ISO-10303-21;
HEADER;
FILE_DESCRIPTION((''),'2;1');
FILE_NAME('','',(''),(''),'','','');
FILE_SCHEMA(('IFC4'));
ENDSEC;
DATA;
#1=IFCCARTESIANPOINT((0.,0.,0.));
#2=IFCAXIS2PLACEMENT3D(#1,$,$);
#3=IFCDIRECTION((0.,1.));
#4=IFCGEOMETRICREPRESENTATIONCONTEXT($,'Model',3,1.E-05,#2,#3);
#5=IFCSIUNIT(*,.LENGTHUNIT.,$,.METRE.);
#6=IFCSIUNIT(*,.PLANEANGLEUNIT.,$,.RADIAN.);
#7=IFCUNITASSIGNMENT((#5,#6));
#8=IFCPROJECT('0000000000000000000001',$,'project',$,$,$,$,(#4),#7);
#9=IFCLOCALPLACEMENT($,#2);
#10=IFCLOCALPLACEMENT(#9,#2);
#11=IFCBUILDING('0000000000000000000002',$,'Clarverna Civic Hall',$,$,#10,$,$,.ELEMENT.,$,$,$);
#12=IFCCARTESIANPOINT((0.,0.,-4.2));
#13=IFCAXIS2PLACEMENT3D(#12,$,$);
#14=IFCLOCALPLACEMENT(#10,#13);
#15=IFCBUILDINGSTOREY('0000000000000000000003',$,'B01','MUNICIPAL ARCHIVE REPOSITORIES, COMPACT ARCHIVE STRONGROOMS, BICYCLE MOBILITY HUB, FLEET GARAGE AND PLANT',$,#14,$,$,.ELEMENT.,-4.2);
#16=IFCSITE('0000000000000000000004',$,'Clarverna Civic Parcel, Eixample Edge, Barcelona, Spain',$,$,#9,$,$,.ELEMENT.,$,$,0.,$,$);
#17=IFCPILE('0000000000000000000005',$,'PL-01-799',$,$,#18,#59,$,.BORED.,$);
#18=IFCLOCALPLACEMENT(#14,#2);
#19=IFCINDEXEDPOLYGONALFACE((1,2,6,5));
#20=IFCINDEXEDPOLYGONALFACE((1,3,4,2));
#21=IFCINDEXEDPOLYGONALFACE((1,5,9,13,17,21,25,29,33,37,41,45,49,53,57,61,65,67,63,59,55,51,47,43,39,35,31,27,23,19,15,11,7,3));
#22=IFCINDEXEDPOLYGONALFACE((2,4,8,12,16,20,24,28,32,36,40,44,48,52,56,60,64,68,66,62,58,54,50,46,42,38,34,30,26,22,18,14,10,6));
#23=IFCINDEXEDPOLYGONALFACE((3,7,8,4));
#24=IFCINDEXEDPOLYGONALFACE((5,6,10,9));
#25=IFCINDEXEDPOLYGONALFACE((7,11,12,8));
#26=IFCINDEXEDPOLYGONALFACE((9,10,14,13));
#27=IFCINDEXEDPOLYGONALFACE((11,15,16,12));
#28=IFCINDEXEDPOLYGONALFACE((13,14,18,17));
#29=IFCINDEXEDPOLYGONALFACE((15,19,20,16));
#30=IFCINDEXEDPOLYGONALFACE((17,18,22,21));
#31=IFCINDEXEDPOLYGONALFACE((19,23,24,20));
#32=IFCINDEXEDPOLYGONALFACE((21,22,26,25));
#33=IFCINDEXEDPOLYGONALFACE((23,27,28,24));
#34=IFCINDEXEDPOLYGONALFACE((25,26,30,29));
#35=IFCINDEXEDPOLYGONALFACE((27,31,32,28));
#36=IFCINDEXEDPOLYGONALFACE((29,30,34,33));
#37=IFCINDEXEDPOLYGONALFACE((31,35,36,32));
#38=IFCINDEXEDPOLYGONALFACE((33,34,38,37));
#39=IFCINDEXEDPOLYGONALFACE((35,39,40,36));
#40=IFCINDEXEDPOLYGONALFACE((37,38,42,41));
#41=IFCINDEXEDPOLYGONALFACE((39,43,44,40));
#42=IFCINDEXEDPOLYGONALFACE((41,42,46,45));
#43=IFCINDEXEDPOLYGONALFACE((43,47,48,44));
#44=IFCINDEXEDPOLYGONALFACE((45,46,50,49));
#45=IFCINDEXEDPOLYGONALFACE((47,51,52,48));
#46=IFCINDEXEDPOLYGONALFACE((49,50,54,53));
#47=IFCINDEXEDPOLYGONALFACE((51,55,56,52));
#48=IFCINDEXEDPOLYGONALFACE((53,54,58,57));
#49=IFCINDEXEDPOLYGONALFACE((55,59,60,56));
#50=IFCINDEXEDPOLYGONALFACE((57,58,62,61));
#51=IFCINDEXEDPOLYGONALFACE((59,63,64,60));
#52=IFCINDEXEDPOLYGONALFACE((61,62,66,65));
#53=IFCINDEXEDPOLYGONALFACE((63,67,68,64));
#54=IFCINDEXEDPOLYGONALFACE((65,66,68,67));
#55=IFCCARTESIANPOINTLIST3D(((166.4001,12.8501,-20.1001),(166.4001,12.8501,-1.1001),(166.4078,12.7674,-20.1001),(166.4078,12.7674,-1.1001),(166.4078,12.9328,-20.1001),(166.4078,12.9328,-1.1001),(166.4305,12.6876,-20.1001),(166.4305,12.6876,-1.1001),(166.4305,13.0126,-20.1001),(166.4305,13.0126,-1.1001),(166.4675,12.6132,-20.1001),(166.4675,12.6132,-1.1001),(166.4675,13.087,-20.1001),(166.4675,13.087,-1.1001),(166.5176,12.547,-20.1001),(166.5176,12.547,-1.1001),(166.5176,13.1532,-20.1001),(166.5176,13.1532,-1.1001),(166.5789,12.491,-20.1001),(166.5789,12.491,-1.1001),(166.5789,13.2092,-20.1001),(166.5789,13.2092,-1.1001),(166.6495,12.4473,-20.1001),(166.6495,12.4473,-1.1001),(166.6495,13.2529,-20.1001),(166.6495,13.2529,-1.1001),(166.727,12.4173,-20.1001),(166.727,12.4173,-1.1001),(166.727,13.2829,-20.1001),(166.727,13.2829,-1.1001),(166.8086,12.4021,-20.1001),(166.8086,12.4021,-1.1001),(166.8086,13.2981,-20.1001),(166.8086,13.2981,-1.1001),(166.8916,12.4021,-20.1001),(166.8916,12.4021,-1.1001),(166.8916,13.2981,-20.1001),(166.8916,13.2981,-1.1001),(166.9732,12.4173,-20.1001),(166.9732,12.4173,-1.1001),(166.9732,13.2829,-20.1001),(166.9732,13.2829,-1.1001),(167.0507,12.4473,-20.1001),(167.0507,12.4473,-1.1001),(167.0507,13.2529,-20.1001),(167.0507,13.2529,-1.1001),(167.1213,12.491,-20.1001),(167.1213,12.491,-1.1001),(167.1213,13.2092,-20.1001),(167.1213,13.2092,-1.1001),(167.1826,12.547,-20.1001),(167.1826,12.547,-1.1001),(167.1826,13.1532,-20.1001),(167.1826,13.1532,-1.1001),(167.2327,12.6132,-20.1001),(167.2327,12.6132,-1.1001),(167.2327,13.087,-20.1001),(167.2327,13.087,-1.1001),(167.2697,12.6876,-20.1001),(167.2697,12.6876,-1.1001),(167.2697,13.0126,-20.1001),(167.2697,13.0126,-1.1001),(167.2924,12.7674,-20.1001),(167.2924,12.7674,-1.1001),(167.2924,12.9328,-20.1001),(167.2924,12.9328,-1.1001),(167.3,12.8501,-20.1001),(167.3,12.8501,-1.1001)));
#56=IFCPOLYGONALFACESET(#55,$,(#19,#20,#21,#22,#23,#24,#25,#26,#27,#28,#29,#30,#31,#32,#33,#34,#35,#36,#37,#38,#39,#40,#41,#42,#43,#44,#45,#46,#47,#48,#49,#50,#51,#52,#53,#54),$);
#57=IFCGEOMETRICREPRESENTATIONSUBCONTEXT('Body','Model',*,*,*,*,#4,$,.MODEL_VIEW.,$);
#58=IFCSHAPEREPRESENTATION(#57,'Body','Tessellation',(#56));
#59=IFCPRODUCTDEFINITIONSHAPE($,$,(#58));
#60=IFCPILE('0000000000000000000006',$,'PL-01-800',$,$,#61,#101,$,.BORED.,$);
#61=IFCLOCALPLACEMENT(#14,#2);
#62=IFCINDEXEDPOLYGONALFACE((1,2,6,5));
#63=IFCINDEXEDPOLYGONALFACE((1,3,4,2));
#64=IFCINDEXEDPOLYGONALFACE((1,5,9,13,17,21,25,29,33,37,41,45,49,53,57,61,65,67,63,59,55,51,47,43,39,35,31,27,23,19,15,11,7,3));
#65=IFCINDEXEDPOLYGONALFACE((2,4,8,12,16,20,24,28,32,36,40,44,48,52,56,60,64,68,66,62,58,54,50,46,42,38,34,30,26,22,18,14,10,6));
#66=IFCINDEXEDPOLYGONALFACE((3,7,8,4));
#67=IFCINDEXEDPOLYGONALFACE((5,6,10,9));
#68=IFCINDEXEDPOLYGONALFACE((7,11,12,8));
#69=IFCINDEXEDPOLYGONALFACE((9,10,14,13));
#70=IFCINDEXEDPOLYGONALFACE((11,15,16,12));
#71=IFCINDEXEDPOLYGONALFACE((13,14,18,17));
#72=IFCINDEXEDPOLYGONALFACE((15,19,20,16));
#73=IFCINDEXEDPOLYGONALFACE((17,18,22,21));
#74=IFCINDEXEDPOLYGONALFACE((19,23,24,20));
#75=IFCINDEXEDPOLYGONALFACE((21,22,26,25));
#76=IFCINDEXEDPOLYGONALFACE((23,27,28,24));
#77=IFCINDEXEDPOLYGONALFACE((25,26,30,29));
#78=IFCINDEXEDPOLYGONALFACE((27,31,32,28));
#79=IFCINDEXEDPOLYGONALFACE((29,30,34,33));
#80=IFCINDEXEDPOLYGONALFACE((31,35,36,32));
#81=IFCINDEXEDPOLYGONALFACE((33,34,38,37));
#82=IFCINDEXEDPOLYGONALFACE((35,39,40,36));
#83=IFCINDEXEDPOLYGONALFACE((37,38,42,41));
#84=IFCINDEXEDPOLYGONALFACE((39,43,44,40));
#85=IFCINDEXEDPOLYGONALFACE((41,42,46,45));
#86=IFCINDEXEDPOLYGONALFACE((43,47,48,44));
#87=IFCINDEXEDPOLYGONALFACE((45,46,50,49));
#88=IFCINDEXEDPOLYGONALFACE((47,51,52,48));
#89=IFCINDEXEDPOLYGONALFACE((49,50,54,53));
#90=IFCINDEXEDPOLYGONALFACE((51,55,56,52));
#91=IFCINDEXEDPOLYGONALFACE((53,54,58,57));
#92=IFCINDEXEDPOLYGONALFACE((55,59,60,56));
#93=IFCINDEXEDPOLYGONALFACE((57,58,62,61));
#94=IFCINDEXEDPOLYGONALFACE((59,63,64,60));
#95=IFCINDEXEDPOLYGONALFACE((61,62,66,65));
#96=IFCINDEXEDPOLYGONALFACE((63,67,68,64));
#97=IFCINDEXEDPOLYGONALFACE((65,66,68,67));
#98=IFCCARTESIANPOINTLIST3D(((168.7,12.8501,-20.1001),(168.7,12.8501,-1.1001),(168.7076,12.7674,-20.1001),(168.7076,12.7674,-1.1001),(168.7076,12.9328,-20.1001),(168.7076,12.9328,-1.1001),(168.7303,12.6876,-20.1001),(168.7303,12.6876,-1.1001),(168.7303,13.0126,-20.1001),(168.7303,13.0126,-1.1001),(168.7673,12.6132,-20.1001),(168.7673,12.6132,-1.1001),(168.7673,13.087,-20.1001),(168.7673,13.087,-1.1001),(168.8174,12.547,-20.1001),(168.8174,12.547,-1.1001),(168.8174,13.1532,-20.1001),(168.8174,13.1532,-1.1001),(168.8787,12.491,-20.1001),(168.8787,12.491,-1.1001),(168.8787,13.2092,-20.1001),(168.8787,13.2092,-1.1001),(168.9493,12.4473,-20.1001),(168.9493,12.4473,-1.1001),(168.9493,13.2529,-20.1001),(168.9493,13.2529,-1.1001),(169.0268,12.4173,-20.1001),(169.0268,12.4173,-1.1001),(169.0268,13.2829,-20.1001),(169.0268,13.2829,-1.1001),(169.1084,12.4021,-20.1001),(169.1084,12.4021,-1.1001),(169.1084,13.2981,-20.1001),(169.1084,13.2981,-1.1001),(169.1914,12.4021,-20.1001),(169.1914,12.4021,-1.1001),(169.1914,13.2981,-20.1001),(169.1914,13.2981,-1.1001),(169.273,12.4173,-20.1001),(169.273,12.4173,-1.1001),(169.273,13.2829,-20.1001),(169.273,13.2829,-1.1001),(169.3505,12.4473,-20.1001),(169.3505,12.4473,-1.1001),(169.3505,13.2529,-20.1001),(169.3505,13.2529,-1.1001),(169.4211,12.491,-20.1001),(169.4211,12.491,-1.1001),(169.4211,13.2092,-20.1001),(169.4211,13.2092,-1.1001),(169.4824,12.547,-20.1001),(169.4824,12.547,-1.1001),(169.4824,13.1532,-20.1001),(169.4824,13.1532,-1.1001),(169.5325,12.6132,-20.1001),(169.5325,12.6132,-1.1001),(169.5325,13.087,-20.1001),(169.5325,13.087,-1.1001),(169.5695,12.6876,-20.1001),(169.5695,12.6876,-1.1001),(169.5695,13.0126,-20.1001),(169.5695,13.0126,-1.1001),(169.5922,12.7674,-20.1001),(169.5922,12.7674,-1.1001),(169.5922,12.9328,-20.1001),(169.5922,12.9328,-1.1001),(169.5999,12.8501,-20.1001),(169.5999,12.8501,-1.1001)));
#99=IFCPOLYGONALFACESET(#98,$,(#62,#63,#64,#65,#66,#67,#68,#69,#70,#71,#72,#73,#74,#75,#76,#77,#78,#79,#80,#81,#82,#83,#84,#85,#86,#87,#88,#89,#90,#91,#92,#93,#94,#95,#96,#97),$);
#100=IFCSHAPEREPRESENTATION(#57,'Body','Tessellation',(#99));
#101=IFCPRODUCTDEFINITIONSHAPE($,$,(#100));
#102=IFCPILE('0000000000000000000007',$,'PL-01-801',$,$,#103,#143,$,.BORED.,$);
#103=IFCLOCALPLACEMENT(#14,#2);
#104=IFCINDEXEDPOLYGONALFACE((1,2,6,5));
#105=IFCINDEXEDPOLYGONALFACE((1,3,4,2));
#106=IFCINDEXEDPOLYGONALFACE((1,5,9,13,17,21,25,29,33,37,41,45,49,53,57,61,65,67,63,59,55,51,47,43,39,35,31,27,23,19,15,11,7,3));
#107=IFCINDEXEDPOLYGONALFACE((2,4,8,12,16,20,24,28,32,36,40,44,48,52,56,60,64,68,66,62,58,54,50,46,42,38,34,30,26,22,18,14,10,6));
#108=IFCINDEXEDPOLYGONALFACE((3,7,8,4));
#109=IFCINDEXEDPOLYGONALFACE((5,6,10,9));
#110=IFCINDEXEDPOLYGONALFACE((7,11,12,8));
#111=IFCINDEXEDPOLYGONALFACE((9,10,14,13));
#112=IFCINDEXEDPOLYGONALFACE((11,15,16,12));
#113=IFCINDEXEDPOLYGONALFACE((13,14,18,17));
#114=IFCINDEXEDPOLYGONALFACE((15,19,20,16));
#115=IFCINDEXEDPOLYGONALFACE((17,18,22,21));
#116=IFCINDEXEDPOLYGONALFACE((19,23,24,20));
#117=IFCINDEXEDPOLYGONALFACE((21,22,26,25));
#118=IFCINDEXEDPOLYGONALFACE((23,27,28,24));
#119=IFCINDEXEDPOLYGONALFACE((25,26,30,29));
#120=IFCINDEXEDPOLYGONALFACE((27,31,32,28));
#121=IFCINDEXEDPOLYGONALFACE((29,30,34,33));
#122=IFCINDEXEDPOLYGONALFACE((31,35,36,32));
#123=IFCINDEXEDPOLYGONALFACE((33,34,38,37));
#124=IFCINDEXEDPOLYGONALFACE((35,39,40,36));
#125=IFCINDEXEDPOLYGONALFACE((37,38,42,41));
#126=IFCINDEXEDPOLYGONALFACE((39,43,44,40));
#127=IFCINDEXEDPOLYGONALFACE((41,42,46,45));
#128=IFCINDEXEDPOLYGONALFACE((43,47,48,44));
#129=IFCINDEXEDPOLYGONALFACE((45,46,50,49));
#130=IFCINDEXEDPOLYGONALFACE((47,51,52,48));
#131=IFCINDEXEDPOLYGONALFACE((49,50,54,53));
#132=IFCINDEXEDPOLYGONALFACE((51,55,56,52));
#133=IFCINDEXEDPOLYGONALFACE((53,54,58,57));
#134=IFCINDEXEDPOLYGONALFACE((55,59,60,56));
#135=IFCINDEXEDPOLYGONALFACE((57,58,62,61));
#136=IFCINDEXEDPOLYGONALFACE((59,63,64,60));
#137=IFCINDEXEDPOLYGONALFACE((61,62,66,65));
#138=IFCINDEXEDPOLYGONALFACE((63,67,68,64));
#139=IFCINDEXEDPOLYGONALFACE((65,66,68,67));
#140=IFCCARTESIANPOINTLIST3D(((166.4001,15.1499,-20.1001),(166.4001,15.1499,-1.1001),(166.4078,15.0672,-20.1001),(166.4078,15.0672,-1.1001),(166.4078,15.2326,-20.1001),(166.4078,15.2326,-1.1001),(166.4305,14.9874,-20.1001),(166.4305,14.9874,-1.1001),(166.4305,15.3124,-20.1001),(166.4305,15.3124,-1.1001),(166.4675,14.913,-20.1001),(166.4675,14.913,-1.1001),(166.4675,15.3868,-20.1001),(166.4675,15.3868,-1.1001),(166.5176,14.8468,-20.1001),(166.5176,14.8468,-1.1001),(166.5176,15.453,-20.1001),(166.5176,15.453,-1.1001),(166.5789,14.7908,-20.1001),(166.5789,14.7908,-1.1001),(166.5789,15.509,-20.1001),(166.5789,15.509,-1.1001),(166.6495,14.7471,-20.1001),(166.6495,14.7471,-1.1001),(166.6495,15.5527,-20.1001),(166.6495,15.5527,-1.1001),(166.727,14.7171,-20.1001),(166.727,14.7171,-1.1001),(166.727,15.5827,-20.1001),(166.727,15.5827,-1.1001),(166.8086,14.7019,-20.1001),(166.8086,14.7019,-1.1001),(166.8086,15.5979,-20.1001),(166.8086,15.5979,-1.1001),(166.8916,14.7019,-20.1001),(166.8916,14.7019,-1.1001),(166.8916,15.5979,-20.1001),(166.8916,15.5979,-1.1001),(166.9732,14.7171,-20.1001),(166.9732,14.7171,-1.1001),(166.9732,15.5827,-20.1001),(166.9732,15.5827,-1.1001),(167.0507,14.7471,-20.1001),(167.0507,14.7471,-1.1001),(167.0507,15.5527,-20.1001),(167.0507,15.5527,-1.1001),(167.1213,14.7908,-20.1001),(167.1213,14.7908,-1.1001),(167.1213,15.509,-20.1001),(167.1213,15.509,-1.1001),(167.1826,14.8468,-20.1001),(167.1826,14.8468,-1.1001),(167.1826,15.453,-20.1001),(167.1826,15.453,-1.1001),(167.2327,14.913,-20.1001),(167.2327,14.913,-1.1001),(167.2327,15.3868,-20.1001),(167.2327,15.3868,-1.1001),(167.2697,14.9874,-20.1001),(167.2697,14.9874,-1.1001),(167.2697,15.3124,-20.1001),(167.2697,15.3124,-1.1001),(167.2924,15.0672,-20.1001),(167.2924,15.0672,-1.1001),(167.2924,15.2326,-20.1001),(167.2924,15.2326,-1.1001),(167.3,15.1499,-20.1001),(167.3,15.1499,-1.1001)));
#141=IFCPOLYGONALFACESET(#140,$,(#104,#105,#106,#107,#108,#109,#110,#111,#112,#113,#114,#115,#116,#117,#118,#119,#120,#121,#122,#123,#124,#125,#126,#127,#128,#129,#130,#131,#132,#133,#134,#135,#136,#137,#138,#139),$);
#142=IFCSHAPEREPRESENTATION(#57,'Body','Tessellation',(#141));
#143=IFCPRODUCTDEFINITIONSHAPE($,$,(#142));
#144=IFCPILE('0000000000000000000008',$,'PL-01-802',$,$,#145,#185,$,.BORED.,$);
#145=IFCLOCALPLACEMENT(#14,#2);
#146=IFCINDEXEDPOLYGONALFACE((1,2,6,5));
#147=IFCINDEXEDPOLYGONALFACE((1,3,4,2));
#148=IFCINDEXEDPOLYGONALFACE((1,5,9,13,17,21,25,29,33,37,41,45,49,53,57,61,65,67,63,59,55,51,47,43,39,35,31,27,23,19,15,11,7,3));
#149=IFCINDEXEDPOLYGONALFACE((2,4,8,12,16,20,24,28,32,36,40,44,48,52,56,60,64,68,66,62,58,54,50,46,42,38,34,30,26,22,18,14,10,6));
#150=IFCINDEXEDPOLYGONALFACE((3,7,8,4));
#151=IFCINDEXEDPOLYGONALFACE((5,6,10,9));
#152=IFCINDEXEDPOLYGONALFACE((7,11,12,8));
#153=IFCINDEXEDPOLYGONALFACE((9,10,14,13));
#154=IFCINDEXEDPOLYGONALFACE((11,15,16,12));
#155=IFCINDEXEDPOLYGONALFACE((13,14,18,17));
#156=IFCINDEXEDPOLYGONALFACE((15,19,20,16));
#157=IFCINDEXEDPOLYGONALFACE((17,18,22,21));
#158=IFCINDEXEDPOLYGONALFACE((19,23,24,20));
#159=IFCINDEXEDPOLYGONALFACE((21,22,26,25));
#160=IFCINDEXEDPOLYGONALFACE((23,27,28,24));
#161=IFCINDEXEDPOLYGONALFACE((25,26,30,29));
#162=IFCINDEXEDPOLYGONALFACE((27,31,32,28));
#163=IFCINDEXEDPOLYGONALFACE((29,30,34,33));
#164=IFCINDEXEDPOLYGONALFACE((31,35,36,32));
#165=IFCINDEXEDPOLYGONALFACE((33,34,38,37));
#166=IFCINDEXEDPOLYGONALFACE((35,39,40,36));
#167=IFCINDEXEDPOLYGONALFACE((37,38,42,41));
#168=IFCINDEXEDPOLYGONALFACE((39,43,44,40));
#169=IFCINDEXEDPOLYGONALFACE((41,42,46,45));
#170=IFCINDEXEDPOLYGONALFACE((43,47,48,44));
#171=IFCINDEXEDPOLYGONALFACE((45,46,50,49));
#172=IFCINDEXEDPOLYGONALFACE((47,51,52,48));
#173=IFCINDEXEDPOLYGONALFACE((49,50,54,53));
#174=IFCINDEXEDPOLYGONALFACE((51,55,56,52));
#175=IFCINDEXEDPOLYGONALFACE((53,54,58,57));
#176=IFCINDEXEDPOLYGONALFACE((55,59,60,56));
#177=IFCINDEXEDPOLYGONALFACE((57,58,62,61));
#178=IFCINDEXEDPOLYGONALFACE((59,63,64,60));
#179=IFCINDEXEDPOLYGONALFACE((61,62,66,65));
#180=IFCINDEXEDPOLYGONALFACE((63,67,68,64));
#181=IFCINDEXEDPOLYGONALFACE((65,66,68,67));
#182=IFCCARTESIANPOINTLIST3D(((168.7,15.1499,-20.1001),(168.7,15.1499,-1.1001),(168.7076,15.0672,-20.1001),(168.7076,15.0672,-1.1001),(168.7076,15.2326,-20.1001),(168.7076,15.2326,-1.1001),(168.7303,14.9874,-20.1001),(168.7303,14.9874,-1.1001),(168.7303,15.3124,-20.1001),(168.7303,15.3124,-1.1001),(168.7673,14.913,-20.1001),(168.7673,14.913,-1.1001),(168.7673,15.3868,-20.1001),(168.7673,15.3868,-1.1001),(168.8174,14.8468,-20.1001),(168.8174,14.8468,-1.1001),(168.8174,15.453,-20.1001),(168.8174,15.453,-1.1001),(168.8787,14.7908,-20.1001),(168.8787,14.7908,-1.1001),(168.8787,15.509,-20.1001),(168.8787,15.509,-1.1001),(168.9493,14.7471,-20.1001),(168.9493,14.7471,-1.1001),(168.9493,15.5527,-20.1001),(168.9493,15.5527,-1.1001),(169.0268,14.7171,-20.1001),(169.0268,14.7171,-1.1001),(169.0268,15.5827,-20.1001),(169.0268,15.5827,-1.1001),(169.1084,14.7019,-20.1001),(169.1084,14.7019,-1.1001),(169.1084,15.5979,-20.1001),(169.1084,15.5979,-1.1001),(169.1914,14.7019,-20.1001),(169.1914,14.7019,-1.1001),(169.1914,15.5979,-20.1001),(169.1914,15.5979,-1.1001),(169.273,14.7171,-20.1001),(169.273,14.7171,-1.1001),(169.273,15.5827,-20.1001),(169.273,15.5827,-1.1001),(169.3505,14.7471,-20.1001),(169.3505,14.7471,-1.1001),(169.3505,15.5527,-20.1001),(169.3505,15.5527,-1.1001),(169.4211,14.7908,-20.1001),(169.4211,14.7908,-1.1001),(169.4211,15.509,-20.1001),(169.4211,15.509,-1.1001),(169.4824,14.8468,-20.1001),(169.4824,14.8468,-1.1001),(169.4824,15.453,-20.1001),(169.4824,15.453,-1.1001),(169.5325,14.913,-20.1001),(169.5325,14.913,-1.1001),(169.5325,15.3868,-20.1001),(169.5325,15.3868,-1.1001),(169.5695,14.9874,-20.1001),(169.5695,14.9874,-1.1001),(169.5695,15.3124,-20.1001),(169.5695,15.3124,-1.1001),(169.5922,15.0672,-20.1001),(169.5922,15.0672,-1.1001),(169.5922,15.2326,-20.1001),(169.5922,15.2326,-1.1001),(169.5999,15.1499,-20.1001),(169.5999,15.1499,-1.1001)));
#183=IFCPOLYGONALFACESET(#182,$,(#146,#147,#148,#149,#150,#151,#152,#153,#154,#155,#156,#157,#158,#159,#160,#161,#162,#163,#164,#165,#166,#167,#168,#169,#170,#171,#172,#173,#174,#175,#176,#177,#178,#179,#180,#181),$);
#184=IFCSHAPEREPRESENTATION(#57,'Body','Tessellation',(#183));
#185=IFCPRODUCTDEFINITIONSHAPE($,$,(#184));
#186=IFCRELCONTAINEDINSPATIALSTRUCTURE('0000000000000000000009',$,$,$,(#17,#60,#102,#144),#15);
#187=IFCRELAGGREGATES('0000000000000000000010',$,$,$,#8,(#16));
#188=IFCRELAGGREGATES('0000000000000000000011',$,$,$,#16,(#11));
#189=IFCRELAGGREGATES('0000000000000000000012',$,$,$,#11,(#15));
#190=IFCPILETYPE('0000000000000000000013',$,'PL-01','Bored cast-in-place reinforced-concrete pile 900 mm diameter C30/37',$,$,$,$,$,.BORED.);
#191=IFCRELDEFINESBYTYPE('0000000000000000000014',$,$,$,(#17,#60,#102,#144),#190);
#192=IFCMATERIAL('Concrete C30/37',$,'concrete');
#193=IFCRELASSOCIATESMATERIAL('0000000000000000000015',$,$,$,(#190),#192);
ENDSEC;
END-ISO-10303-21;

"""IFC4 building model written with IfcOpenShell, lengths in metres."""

from ifc_helpers import new_model, si_unit, direction, frame, origin, origin_2d, place, context, subcontext, project, spatial, circle, extrude, material, material_profile, profile_set, type_object, element, save


model = new_model("IFC4")

# Units and contexts
model_context = context("Model", 3, precision=1e-05, world=origin(), true_north=direction((0.0, 1.0)))
body_context = subcontext(model_context, "Body", "Model", "MODEL_VIEW")
ifc_project = project(units=[si_unit("LENGTHUNIT", "METRE"), si_unit("PLANEANGLEUNIT", "RADIAN")], contexts=[model_context])

# Site, building, storey
site_placement = place(None, origin())
site = spatial("IfcSite", under=ifc_project, at=site_placement, Name="Clarverna Civic Parcel, Eixample Edge, Barcelona, Spain", CompositionType="ELEMENT", RefElevation=0.0)
building_placement = place(site_placement, origin())
building = spatial("IfcBuilding", under=site, at=building_placement, Name="Clarverna Civic Hall", CompositionType="ELEMENT")
storey_placement = place(building_placement, frame((0.0, 0.0, -4.2)))
storey = spatial("IfcBuildingStorey", under=building, at=storey_placement, Name="B01", Description="MUNICIPAL ARCHIVE REPOSITORIES, COMPACT ARCHIVE STRONGROOMS, BICYCLE MOBILITY HUB, FLEET GARAGE AND PLANT", CompositionType="ELEMENT", Elevation=-4.2)

# Shared definitions
ifc_material_1 = material(Name="Concrete C30/37", Category="concrete")

# Piles
ifc_material_profile_1 = material_profile(ifc_material_1, circle(Radius=0.45, at=origin_2d()), Name="BORED PILE D900")
ifc_profile_set_1 = profile_set([ifc_material_profile_1], Name="Concrete C30/37")
pile_type = type_object("IfcPileType", Name="PL-01", Description="Bored cast-in-place reinforced-concrete pile 900 mm diameter C30/37", PredefinedType="BORED", material=ifc_profile_set_1)
for number, where, z_axis, x_axis, name in (
    (1, (166.8501, 12.8501, -1.1001), (0.0, 0.0, -1.0), (1.0, 0.0, 0.0), "PL-01-799"),
    (2, (169.1499, 12.8501, -1.1001), (0.0, 0.0, -1.0), (1.0, 0.0, 0.0), "PL-01-800"),
    (3, (166.8501, 15.1499, -1.1001), (0.0, 0.0, -1.0), (1.0, 0.0, 0.0), "PL-01-801"),
    (4, (169.1499, 15.1499, -1.1001), (0.0, 0.0, -1.0), (1.0, 0.0, 0.0), "PL-01-802"),
):
    element("IfcPile", number, at=place(storey_placement, frame(where, z_axis=z_axis, x_axis=x_axis)), inside=storey, type_object=pile_type, Name=name, PredefinedType="BORED", context=body_context, shape_type="SweptSolid", body=[
        extrude(circle(Radius=0.45, at=origin_2d()), origin(), (0.0, 0.0, 1.0), 19.0),
    ])

save(model, "model.ifc")
